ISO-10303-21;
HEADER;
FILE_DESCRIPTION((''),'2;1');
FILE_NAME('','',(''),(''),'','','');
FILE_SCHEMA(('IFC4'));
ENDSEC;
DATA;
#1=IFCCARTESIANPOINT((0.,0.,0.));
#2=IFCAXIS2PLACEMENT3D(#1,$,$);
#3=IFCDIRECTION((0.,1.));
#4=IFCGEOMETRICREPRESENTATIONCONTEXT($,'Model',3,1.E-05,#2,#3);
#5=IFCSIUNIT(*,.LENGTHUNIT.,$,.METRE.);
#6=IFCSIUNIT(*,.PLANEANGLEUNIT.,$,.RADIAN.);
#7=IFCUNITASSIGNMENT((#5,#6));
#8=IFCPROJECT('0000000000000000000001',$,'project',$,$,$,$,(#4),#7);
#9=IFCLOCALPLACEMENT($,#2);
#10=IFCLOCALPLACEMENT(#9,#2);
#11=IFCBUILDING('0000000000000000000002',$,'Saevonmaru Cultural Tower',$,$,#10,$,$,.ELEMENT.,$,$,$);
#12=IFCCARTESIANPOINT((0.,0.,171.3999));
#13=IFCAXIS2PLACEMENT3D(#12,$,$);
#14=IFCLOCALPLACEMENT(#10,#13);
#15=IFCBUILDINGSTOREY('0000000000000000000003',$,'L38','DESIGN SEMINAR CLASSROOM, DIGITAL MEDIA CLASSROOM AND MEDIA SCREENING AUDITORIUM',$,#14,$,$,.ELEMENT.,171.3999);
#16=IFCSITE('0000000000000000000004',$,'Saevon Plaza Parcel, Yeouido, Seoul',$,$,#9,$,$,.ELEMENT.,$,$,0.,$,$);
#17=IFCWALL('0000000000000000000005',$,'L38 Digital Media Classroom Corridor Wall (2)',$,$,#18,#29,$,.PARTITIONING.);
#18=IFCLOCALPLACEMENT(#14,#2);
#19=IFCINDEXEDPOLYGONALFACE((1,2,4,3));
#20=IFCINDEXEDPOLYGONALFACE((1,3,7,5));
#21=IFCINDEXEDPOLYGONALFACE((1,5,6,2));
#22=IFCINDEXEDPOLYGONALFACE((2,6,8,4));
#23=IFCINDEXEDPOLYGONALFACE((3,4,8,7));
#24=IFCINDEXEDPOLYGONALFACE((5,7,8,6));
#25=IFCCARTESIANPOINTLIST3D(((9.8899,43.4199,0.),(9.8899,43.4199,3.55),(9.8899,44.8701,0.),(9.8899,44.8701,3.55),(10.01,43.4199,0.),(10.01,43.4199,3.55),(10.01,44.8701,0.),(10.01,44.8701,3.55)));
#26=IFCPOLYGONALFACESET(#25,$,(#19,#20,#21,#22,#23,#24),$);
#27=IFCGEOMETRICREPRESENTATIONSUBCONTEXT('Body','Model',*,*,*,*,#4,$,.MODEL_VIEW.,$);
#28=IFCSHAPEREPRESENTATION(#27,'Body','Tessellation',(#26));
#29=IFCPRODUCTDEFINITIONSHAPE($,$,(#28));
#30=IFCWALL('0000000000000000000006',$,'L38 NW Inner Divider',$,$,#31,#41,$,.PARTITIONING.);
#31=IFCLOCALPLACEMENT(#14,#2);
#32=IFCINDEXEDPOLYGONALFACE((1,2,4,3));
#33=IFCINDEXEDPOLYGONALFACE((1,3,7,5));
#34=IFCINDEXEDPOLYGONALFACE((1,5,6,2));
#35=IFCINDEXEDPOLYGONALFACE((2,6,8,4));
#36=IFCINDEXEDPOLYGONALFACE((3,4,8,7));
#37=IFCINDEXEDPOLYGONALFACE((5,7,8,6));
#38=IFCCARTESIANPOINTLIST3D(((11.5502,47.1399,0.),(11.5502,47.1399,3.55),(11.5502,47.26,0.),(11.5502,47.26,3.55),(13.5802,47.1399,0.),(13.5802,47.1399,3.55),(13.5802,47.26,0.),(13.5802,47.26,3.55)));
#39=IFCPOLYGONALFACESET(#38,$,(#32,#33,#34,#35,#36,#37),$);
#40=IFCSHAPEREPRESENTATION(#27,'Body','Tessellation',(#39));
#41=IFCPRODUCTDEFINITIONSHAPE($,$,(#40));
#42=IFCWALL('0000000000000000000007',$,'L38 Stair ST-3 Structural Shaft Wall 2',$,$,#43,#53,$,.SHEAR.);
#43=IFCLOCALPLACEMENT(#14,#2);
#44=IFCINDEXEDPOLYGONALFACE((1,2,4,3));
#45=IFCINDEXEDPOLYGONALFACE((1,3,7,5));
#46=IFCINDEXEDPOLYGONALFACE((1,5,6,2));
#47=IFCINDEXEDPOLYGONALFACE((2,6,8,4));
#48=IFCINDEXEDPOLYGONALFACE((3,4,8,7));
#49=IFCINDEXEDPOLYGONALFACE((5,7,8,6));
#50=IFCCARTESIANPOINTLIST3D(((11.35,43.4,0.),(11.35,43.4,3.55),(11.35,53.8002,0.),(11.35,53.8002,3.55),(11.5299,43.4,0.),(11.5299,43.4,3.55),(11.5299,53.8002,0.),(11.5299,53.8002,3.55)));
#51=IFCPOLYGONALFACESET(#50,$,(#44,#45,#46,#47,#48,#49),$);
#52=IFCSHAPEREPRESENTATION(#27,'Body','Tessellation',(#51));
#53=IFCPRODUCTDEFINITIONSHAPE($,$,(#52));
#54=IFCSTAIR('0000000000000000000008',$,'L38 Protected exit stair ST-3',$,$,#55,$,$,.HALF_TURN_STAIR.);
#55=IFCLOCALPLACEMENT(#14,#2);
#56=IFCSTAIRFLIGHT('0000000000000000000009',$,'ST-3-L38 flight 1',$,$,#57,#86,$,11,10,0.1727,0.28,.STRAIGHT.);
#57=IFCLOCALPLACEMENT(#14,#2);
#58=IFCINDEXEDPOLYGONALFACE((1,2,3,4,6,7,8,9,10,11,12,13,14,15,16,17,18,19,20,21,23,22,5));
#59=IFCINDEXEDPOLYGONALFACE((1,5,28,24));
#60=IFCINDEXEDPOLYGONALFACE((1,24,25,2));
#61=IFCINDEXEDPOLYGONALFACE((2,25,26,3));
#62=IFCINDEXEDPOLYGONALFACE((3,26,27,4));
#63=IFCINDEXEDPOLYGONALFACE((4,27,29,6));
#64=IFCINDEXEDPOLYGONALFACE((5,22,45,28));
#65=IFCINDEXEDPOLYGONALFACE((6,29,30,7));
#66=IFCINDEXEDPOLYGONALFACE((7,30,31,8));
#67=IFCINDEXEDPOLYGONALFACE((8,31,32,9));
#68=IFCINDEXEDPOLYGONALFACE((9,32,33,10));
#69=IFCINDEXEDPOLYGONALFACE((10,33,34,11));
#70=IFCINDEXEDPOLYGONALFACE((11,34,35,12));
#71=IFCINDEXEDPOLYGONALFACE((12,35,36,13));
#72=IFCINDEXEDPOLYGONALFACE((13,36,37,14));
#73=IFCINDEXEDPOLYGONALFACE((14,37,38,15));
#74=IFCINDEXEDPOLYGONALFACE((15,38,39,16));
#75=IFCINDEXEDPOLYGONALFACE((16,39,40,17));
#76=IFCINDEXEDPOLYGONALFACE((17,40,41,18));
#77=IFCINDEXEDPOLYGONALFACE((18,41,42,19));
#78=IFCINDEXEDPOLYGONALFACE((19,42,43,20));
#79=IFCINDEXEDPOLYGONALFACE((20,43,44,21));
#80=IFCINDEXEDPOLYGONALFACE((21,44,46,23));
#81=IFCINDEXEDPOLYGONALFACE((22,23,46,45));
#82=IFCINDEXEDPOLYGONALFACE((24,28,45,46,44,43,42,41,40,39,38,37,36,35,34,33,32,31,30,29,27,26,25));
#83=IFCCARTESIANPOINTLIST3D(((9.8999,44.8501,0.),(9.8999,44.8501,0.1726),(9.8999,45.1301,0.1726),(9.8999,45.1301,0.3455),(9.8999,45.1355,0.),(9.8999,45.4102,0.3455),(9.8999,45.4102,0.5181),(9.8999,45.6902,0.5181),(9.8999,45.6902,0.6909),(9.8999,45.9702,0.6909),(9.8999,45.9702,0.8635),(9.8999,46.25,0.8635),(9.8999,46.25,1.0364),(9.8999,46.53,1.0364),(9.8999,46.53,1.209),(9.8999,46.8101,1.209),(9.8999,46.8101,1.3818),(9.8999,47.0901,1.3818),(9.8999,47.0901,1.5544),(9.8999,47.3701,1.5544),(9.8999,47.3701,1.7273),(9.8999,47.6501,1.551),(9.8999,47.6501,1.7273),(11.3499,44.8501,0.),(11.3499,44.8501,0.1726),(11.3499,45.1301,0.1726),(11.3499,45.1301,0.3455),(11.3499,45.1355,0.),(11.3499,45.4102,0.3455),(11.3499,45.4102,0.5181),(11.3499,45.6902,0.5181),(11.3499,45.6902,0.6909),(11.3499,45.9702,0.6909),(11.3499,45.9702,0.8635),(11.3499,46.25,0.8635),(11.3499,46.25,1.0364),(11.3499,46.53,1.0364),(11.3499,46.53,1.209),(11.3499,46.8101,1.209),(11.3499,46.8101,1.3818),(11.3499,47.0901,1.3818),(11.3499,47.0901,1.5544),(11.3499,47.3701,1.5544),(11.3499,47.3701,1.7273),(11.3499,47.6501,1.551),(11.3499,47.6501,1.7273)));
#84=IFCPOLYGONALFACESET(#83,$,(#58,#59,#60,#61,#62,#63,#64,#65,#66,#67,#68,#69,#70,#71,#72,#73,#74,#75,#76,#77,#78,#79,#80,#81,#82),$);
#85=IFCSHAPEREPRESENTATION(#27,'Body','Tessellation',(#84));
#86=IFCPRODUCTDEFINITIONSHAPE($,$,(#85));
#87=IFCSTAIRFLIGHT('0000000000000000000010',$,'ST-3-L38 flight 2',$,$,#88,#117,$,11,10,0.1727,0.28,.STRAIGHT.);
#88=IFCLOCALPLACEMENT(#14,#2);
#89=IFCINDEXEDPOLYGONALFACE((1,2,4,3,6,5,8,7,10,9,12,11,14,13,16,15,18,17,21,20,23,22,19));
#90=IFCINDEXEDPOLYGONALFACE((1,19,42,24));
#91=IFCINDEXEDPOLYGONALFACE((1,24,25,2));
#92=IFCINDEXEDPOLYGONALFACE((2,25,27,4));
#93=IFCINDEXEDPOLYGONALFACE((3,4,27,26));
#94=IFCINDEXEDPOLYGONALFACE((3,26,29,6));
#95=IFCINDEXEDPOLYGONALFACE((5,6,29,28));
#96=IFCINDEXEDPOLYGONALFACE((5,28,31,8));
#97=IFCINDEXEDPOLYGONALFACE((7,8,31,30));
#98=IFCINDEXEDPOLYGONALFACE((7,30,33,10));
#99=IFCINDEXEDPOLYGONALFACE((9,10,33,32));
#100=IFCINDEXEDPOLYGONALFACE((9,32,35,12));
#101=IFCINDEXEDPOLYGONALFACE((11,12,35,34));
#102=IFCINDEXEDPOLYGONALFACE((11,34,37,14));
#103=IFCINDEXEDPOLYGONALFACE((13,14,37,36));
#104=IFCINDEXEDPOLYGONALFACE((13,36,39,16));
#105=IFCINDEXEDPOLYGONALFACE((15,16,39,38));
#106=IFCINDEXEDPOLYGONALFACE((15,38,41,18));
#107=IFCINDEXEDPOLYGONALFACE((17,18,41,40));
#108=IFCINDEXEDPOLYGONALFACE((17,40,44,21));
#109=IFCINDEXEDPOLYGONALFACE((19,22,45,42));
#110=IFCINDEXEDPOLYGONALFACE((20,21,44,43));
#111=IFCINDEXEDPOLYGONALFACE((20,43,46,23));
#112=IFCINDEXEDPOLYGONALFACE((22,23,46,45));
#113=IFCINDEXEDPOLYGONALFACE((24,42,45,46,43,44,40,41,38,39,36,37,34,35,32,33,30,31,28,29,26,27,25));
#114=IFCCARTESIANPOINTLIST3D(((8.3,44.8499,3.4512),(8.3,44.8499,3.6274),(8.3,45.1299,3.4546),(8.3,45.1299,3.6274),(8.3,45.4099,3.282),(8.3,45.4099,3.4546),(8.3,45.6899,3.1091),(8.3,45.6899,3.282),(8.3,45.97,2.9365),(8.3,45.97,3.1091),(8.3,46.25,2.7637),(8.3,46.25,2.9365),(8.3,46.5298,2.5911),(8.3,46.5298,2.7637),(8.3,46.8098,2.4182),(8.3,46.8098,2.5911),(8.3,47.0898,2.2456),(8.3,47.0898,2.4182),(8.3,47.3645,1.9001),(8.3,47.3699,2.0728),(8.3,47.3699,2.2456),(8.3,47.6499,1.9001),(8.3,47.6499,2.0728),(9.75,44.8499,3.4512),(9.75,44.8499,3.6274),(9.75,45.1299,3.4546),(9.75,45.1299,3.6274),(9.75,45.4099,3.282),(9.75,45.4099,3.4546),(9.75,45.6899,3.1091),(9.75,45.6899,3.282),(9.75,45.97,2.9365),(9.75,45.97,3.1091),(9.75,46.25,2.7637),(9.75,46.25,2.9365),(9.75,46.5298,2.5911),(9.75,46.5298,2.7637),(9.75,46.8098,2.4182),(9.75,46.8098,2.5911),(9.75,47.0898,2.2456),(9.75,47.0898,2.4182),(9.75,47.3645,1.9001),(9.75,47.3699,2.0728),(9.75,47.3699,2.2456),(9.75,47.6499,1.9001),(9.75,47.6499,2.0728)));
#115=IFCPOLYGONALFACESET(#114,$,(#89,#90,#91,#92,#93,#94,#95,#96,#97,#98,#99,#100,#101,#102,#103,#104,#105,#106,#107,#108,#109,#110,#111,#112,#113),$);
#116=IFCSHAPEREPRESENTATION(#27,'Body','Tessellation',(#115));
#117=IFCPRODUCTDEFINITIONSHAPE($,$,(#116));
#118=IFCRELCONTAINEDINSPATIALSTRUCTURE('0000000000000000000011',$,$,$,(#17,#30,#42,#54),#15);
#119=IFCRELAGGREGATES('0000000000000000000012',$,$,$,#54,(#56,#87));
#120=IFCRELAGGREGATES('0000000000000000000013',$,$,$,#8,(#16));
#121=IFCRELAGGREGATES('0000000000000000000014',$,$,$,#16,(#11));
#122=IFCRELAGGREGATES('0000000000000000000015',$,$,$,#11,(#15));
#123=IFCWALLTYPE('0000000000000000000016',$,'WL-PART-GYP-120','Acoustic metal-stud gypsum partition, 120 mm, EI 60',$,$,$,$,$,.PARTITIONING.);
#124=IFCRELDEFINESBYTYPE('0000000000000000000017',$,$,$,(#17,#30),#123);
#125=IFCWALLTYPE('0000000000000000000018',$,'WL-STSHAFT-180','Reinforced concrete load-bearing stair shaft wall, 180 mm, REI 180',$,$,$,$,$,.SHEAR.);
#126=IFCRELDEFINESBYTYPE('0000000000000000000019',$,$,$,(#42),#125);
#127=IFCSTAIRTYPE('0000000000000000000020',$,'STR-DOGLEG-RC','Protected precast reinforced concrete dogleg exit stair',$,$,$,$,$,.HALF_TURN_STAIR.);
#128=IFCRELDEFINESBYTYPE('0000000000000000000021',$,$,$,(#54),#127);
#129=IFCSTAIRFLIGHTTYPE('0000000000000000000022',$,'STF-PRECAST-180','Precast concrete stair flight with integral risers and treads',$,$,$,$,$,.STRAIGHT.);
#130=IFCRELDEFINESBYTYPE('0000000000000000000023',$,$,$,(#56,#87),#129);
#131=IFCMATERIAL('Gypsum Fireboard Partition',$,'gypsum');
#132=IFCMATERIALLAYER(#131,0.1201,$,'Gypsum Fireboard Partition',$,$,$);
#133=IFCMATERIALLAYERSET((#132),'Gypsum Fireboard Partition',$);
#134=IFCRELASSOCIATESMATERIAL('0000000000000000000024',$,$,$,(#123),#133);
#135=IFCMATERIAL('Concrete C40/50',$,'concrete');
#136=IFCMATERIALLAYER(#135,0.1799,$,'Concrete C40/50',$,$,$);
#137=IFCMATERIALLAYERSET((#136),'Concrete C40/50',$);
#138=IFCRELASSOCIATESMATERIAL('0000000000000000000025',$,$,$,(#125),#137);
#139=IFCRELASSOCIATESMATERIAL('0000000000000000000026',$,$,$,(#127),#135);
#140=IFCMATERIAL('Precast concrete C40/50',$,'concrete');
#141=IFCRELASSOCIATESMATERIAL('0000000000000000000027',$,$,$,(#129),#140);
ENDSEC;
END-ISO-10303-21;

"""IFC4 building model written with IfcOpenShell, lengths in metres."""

from ifc_helpers import new_model, si_unit, direction, frame, frame_2d, origin, place, context, subcontext, project, spatial, polyline, rectangle, outline, extrude, material, layer, layer_set, type_object, element, aggregate, save


model = new_model("IFC4")

# Units and contexts
model_context = context("Model", 3, precision=1e-05, world=origin(), true_north=direction((0.0, 1.0)))
body_context = subcontext(model_context, "Body", "Model", "MODEL_VIEW")
ifc_project = project(units=[si_unit("LENGTHUNIT", "METRE"), si_unit("PLANEANGLEUNIT", "RADIAN")], contexts=[model_context])

# Site, building, storey
site_placement = place(None, origin())
site = spatial("IfcSite", under=ifc_project, at=site_placement, Name="Saevon Plaza Parcel, Yeouido, Seoul", CompositionType="ELEMENT", RefElevation=0.0)
building_placement = place(site_placement, origin())
building = spatial("IfcBuilding", under=site, at=building_placement, Name="Saevonmaru Cultural Tower", CompositionType="ELEMENT")
storey_placement = place(building_placement, frame((0.0, 0.0, 171.3999)))
storey = spatial("IfcBuildingStorey", under=building, at=storey_placement, Name="L38", Description="DESIGN SEMINAR CLASSROOM, DIGITAL MEDIA CLASSROOM AND MEDIA SCREENING AUDITORIUM", CompositionType="ELEMENT", Elevation=171.3999)

# Walls
ifc_material_1 = material(Name="Gypsum Fireboard Partition", Category="gypsum")
ifc_layer_1 = layer(ifc_material_1, 0.1201, Name="Gypsum Fireboard Partition")
ifc_layer_set_1 = layer_set([ifc_layer_1], Name="Gypsum Fireboard Partition")
wall_type_1 = type_object("IfcWallType", Name="WL-PART-GYP-120", Description="Acoustic metal-stud gypsum partition, 120 mm, EI 60", PredefinedType="PARTITIONING", material=ifc_layer_set_1)
wall_1_placement = place(storey_placement, frame((9.95, 43.4199, 0.0), z_axis=(0.0, 0.0, 1.0), x_axis=(0.0, 1.0, 0.0)))
element("IfcWall", 1, at=wall_1_placement, inside=storey, type_object=wall_type_1, Name="L38 Digital Media Classroom Corridor Wall (2)", PredefinedType="PARTITIONING", context=body_context, shape_type="SweptSolid", body=[
    extrude(rectangle(XDim=1.4502, YDim=0.1201, at=frame_2d((0.7251, 0.0))), origin(), (0.0, 0.0, 1.0), 3.55),
])
wall_2_placement = place(storey_placement, frame((11.55, 47.2, 0.0), z_axis=(0.0, 0.0, 1.0), x_axis=(1.0, 0.0, 0.0)))
element("IfcWall", 2, at=wall_2_placement, inside=storey, type_object=wall_type_1, Name="L38 NW Inner Divider", PredefinedType="PARTITIONING", context=body_context, shape_type="SweptSolid", body=[
    extrude(rectangle(XDim=2.03, YDim=0.1201, at=frame_2d((1.0151, 0.0))), origin(), (0.0, 0.0, 1.0), 3.55),
])

# Shared definitions
ifc_material_2 = material(Name="Concrete C40/50", Category="concrete")
ifc_layer_2 = layer(ifc_material_2, 0.1799, Name="Concrete C40/50")
ifc_layer_set_2 = layer_set([ifc_layer_2], Name="Concrete C40/50")
wall_type_2 = type_object("IfcWallType", Name="WL-STSHAFT-180", Description="Reinforced concrete load-bearing stair shaft wall, 180 mm, REI 180", PredefinedType="SHEAR", material=ifc_layer_set_2)

# Wall
wall_3_placement = place(storey_placement, frame((11.4399, 43.3999, 0.0), z_axis=(0.0, 0.0, 1.0), x_axis=(0.0, 1.0, 0.0)))
element("IfcWall", 3, at=wall_3_placement, inside=storey, type_object=wall_type_2, Name="L38 Stair ST-3 Structural Shaft Wall 2", PredefinedType="SHEAR", context=body_context, shape_type="SweptSolid", body=[
    extrude(rectangle(XDim=10.4001, YDim=0.1799, at=frame_2d((5.2002, 0.0))), origin(), (0.0, 0.0, 1.0), 3.55),
])

# Stair, stair flights
stair_type = type_object("IfcStairType", Name="STR-DOGLEG-RC", Description="Protected precast reinforced concrete dogleg exit stair", PredefinedType="HALF_TURN_STAIR", material=ifc_material_2)
stair_placement = place(storey_placement, origin())
stair = element("IfcStair", 4, at=stair_placement, inside=storey, type_object=stair_type, Name="L38 Protected exit stair ST-3", PredefinedType="HALF_TURN_STAIR")
ifc_material_3 = material(Name="Precast concrete C40/50", Category="concrete")
stair_flight_type = type_object("IfcStairFlightType", Name="STF-PRECAST-180", Description="Precast concrete stair flight with integral risers and treads", PredefinedType="STRAIGHT", material=ifc_material_3)
stair_flight_1_placement = place(storey_placement, frame((10.625, 44.8501, 0.0), z_axis=(0.0, 0.0, 1.0), x_axis=(0.0, 1.0, 0.0)))
stair_flight_1 = element("IfcStairFlight", 5, at=stair_flight_1_placement, type_object=stair_flight_type, Name="ST-3-L38 flight 1", NumberOfRisers=11, NumberOfTreads=10, PredefinedType="STRAIGHT", RiserHeight=0.1727, TreadLength=0.28, context=body_context, shape_type="SweptSolid", body=[
    extrude(outline(polyline([(0.0, 0.0), (0.0, 0.1726), (0.28, 0.1726), (0.28, 0.3455), (0.5601, 0.3455), (0.5601, 0.5181), (0.8401, 0.5181), (0.8401, 0.6909), (1.1201, 0.6909), (1.1201, 0.8635), (1.3999, 0.8635), (1.3999, 1.0364), (1.6799, 1.0364), (1.6799, 1.209), (1.96, 1.209), (1.96, 1.3818), (2.24, 1.3818), (2.24, 1.5544), (2.52, 1.5544), (2.52, 1.7273), (2.8, 1.7273), (2.8, 1.8999), (2.8, 1.551), (0.2854, 0.0), (0.0, 0.0)])), frame((0.0, 0.7251, 0.0), z_axis=(0.0, -1.0, 0.0), x_axis=(1.0, 0.0, 0.0)), (0.0, 0.0, 1.0), 1.45),
])
stair_flight_2_placement = place(storey_placement, frame((9.0249, 47.6499, 1.9001), z_axis=(0.0, 0.0, 1.0), x_axis=(0.0, -1.0, 0.0)))
stair_flight_2 = element("IfcStairFlight", 6, at=stair_flight_2_placement, type_object=stair_flight_type, Name="ST-3-L38 flight 2", NumberOfRisers=11, NumberOfTreads=10, PredefinedType="STRAIGHT", RiserHeight=0.1727, TreadLength=0.28, context=body_context, shape_type="SweptSolid", body=[
    extrude(outline(polyline([(0.0, 0.0), (0.0, 0.1726), (0.28, 0.1726), (0.28, 0.3455), (0.5601, 0.3455), (0.5601, 0.5181), (0.8401, 0.5181), (0.8401, 0.6909), (1.1201, 0.6909), (1.1201, 0.8635), (1.3999, 0.8635), (1.3999, 1.0364), (1.6799, 1.0364), (1.6799, 1.209), (1.96, 1.209), (1.96, 1.3818), (2.24, 1.3818), (2.24, 1.5544), (2.52, 1.5544), (2.52, 1.7273), (2.8, 1.7273), (2.8, 1.8999), (2.8, 1.551), (0.2854, 0.0), (0.0, 0.0)])), frame((0.0, 0.7251, 0.0), z_axis=(0.0, -1.0, 0.0), x_axis=(1.0, 0.0, 0.0)), (0.0, 0.0, 1.0), 1.45),
])
aggregate(stair, [stair_flight_1, stair_flight_2])

save(model, "model.ifc")
